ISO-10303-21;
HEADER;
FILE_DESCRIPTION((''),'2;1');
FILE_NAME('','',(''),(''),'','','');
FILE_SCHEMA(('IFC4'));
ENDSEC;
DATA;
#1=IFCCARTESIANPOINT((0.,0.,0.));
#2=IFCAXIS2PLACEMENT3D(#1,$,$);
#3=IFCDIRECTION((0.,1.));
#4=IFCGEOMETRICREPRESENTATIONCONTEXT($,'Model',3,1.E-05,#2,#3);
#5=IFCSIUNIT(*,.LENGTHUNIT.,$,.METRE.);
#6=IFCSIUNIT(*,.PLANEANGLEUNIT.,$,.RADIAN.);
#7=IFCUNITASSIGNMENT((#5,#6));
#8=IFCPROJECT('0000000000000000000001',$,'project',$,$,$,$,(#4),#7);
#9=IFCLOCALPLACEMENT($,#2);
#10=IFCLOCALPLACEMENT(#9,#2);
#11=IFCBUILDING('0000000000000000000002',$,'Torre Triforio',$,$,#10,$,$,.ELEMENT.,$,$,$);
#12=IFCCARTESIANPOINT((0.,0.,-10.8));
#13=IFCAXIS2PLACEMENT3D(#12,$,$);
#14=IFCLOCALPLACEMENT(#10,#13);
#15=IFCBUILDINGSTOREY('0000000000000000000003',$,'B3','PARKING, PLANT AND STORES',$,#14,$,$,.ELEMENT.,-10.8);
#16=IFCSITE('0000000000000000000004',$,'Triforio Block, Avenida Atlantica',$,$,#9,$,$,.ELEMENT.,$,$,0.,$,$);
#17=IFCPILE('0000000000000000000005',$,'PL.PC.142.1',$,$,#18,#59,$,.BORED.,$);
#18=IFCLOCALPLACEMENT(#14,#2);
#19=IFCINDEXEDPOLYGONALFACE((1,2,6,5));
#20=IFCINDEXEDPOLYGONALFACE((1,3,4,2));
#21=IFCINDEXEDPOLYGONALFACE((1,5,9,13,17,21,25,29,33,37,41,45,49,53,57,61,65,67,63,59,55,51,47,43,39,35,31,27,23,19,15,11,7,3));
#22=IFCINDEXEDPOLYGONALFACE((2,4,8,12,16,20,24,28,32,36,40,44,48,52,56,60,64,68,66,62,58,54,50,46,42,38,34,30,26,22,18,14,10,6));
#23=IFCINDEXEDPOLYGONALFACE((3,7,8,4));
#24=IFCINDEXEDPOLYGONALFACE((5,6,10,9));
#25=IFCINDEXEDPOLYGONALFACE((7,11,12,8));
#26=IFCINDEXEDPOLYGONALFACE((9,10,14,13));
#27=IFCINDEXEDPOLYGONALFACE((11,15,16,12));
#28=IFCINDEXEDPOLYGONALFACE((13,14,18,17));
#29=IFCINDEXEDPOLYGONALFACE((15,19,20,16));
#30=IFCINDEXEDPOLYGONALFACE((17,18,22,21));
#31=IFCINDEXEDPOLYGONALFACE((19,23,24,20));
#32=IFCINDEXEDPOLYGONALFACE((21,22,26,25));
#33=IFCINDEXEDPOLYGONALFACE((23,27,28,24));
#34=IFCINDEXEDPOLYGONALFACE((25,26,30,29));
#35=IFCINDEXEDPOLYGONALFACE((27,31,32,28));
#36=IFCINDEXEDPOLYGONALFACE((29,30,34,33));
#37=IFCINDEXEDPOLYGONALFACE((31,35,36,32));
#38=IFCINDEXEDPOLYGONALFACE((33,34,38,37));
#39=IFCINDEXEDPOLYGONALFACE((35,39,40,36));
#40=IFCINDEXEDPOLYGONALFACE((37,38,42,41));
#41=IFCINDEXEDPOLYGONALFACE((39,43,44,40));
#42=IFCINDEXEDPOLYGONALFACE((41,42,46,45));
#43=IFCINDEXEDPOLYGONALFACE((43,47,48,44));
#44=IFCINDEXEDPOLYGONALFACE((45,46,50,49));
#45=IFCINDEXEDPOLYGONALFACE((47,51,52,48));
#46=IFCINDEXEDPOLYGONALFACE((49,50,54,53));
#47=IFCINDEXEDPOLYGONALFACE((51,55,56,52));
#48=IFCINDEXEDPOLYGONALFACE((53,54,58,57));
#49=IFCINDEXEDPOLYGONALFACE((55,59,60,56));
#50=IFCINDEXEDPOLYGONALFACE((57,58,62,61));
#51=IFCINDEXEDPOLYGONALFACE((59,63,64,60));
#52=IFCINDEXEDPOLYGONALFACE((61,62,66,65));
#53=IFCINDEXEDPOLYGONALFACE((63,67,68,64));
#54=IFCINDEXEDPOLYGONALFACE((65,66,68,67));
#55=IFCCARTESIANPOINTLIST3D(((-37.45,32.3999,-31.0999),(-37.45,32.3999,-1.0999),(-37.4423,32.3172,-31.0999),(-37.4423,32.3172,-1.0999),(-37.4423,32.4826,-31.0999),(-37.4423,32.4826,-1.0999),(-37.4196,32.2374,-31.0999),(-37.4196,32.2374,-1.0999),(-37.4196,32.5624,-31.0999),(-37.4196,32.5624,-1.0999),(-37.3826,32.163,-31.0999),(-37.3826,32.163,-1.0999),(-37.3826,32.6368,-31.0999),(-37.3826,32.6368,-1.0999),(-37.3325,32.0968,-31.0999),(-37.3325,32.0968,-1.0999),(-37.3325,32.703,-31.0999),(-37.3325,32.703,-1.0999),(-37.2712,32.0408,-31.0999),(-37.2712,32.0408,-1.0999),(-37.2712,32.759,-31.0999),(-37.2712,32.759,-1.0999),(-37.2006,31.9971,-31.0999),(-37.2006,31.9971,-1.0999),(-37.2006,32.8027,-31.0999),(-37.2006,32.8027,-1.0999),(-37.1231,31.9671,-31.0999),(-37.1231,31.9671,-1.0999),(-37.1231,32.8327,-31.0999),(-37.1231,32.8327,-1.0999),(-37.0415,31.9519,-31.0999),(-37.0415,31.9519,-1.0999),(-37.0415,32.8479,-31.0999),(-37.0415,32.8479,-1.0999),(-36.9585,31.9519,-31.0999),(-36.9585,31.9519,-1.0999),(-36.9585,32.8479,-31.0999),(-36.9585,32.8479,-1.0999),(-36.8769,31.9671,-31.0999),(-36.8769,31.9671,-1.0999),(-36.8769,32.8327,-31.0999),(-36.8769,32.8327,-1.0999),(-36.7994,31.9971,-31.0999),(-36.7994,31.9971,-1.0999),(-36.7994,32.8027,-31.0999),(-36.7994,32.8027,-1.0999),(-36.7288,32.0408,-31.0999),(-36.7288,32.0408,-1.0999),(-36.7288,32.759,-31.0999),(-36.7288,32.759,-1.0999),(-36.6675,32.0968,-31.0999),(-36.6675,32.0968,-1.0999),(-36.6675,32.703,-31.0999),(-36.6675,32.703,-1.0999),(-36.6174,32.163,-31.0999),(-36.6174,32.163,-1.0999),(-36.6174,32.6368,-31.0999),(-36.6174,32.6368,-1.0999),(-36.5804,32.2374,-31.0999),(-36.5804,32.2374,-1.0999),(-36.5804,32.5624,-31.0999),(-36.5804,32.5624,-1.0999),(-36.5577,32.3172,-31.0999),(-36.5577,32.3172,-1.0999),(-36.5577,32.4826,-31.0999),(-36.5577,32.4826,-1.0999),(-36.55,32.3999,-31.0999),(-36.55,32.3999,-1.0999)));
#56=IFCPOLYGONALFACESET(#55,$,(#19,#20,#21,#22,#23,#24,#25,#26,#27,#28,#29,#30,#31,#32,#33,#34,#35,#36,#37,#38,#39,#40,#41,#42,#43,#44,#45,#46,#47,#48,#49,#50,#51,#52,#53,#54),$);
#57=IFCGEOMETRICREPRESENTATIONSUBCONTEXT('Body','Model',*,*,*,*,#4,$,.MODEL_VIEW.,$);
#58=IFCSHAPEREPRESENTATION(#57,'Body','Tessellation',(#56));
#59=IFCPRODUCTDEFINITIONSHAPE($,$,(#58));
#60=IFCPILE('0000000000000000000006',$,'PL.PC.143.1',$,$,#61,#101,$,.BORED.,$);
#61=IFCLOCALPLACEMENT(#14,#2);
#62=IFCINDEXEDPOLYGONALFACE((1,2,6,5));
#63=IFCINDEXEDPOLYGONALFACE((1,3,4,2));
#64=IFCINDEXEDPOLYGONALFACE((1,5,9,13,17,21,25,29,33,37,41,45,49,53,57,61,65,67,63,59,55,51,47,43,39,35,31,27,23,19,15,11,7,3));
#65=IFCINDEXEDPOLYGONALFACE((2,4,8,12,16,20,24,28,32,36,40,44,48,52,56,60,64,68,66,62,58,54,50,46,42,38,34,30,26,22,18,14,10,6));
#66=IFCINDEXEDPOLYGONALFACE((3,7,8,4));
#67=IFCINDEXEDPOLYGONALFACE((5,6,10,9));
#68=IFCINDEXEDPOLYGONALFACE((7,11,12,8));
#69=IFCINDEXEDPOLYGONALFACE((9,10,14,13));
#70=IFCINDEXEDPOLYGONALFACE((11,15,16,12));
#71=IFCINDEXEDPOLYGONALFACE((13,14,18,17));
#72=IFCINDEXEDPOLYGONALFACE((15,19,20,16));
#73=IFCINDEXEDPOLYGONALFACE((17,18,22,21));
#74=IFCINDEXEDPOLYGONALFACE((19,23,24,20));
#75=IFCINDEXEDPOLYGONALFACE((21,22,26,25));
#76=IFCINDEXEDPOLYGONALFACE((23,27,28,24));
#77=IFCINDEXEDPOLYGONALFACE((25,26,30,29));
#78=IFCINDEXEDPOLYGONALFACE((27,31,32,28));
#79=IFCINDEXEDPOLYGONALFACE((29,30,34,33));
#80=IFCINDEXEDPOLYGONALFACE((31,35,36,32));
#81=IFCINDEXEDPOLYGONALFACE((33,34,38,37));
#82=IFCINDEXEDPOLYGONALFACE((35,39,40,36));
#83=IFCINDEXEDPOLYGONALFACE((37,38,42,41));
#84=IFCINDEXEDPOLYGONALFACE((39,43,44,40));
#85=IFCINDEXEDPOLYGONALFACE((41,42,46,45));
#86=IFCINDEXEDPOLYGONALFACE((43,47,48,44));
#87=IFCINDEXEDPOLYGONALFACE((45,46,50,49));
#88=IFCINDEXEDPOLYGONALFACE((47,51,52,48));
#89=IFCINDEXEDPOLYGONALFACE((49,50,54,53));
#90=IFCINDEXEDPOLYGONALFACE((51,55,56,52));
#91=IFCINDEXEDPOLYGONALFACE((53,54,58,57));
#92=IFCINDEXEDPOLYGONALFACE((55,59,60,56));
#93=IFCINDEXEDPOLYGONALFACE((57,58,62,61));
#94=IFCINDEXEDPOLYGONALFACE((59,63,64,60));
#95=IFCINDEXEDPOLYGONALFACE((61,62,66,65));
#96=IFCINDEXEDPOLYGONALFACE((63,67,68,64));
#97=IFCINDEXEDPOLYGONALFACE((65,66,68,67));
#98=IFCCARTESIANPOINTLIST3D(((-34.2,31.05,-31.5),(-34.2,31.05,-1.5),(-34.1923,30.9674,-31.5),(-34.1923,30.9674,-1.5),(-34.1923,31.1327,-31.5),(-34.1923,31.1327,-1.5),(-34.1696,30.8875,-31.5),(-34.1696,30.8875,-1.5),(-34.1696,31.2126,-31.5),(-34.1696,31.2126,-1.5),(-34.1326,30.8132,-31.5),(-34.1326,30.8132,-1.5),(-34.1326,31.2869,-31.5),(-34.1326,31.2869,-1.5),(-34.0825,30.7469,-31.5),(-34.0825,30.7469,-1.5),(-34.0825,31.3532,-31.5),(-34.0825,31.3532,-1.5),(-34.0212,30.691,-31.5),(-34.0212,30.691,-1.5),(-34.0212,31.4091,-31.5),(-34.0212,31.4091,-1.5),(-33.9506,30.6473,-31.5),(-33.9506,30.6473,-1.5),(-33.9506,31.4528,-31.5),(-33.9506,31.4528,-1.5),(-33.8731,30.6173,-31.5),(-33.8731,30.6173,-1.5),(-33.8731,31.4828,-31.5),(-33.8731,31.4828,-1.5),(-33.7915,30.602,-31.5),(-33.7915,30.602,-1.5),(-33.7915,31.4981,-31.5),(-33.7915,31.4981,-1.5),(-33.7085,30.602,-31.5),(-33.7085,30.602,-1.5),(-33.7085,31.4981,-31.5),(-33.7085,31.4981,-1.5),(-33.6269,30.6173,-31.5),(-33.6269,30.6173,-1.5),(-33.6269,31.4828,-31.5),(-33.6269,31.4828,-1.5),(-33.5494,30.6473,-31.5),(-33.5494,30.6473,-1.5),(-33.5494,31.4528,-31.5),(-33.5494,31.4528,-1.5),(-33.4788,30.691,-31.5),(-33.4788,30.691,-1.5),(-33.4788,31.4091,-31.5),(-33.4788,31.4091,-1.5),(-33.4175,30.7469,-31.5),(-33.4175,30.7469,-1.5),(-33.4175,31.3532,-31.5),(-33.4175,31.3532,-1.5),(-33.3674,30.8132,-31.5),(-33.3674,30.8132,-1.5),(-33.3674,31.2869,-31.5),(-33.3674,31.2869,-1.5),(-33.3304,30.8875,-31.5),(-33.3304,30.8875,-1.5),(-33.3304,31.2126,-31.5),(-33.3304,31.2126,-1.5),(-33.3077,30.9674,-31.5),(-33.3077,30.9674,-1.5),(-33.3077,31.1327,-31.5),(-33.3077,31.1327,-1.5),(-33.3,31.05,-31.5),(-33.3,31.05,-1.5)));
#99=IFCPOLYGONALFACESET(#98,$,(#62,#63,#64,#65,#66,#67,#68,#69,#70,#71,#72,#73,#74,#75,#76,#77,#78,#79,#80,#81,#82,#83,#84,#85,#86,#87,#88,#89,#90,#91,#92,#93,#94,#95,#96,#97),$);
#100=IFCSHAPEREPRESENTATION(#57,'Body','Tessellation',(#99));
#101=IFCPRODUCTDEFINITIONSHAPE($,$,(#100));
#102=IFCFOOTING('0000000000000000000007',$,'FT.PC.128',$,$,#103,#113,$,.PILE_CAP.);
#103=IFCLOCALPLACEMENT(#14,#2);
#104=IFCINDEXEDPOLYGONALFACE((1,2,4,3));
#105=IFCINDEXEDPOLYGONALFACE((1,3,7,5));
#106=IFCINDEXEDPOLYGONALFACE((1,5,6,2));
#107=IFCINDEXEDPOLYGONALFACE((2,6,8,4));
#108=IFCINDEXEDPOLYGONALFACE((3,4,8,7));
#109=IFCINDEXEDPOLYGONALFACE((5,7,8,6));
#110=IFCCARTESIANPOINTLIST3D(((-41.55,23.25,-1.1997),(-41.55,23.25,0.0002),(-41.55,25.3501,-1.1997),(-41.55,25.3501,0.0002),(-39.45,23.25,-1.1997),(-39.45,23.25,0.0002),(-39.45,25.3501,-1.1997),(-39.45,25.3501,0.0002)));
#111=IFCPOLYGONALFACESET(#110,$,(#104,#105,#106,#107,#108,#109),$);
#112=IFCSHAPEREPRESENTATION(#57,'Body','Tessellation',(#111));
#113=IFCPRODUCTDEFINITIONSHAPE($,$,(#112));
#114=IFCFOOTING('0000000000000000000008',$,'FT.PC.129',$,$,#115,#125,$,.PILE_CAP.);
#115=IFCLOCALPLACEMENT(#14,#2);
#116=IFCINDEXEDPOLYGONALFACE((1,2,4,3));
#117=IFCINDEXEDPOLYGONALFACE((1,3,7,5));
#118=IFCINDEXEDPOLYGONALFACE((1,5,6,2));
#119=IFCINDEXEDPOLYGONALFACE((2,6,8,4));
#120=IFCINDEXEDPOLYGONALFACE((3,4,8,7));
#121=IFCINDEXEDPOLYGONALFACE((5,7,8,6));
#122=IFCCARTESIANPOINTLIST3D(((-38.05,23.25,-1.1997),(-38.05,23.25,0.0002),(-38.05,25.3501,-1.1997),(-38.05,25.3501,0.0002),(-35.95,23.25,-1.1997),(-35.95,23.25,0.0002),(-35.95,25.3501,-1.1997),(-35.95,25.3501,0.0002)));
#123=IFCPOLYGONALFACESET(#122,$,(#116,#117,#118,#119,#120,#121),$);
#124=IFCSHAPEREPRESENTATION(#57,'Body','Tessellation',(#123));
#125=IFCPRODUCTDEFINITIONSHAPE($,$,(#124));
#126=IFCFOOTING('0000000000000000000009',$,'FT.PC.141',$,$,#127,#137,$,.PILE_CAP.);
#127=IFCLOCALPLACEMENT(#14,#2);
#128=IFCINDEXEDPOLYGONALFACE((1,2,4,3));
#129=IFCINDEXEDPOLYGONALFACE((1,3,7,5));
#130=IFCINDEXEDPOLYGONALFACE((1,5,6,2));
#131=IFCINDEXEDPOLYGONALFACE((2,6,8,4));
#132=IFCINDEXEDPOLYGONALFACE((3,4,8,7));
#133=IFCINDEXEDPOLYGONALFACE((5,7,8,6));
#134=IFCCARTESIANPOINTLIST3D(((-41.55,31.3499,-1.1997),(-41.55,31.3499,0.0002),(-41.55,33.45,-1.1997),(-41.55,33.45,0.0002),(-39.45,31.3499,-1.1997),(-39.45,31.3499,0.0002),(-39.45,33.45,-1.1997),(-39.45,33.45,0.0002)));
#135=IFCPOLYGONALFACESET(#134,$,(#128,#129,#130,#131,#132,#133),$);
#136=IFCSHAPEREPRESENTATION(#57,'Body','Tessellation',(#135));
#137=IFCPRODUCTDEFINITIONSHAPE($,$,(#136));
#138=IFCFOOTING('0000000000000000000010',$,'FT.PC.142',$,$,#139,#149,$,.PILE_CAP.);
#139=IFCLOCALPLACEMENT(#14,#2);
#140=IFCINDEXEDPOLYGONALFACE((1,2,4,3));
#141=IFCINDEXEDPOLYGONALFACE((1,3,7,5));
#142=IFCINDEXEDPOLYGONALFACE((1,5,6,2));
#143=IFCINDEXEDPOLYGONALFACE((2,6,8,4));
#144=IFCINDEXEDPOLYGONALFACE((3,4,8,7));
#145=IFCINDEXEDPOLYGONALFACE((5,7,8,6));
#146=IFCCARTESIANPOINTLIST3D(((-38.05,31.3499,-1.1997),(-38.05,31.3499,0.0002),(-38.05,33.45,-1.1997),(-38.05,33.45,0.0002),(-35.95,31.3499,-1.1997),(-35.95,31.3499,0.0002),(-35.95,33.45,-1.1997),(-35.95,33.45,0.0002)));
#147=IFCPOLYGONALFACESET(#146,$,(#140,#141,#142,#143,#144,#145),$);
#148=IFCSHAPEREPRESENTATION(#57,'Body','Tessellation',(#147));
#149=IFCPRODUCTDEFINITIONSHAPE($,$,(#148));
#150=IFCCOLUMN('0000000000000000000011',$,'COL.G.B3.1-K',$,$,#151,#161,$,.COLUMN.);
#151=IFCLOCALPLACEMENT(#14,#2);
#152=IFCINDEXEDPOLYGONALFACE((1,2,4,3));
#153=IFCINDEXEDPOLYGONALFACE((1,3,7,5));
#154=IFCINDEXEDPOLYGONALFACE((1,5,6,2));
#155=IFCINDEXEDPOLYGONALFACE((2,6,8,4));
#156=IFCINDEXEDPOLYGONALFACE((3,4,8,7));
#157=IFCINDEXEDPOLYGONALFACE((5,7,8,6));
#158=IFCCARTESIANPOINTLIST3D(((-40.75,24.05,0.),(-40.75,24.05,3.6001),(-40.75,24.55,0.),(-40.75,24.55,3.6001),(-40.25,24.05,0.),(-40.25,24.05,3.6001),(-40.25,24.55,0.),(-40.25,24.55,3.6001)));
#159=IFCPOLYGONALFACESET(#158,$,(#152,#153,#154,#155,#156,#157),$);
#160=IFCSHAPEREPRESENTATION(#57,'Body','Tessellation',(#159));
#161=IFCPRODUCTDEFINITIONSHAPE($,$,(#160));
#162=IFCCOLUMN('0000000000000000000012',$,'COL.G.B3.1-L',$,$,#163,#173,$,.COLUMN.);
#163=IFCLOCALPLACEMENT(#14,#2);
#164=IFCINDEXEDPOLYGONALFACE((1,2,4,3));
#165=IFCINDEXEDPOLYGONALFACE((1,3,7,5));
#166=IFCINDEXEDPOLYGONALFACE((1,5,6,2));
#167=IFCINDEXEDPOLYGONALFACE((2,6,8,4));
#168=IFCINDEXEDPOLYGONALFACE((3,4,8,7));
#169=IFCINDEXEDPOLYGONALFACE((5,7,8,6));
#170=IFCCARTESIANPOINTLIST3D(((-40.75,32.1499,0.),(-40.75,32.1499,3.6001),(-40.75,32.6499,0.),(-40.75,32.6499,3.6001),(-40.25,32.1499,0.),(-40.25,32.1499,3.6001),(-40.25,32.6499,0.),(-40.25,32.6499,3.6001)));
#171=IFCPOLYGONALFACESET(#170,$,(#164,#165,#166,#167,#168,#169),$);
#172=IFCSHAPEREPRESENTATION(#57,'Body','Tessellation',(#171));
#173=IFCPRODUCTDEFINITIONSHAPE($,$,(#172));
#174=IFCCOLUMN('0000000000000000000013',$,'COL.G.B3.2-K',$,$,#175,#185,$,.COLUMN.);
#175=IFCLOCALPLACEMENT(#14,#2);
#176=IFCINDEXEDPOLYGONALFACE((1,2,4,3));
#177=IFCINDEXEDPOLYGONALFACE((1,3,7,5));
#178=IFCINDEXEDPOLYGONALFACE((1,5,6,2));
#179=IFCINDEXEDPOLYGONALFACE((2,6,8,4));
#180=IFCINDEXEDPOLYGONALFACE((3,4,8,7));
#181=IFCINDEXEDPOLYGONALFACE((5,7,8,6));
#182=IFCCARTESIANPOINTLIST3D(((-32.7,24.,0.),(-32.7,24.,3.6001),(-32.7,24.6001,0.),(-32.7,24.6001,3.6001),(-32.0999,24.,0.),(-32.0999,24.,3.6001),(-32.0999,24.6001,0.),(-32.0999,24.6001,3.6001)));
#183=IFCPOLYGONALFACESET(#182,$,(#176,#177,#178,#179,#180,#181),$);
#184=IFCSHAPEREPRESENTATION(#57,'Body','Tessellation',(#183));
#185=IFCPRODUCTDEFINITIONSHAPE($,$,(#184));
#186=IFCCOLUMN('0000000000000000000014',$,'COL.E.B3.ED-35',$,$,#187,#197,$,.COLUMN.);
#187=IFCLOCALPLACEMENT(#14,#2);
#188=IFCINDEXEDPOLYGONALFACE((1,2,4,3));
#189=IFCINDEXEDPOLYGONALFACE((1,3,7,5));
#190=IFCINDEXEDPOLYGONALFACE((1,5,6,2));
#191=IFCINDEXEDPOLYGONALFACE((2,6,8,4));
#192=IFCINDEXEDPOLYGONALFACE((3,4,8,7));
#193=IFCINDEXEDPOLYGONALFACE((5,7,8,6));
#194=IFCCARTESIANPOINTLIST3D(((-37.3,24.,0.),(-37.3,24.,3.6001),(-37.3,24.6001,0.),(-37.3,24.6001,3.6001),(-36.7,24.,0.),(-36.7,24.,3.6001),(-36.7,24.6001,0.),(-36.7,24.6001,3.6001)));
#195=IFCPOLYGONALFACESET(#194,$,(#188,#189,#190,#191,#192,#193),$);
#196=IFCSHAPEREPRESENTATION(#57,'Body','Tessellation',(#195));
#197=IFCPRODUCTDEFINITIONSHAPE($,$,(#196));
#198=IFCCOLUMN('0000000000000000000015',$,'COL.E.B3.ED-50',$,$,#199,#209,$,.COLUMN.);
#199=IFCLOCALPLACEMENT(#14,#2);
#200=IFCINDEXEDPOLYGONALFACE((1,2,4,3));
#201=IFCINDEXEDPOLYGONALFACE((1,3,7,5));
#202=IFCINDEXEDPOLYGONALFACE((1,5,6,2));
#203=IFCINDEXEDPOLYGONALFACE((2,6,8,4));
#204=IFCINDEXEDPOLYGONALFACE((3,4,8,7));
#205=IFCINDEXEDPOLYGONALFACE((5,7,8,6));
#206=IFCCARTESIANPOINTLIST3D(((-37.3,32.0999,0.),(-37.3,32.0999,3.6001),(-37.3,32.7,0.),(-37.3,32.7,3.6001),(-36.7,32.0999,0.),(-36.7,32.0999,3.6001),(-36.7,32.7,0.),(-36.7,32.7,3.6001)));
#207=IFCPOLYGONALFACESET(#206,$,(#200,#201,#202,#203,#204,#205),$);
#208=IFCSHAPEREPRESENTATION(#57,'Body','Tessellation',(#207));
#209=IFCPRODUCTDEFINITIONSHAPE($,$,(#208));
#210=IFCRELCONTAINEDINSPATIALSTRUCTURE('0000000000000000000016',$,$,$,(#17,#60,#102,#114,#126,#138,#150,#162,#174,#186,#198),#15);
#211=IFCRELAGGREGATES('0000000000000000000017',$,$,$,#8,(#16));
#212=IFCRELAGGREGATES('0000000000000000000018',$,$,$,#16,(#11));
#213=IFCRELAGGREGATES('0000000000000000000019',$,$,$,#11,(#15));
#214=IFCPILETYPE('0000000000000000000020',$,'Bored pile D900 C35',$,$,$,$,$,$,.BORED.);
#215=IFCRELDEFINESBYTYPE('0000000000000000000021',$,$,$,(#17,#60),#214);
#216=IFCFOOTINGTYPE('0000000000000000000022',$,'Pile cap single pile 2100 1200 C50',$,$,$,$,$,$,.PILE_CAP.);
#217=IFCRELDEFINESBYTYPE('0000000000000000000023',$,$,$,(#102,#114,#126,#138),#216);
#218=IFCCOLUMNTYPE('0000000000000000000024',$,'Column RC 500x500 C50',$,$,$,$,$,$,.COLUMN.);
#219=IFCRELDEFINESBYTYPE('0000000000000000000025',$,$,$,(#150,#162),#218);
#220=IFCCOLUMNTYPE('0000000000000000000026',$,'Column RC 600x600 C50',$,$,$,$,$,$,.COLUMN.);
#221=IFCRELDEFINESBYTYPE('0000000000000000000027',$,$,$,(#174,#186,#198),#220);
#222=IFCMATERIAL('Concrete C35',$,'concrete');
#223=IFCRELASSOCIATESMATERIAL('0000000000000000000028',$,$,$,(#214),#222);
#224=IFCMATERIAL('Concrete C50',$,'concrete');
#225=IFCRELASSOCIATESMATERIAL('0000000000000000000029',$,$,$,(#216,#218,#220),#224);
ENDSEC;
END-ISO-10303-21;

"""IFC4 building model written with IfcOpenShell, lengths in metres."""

from ifc_helpers import new_model, si_unit, direction, frame, origin, origin_2d, place, context, subcontext, project, spatial, rectangle, circle, extrude, material, material_profile, profile_set, type_object, element, save


model = new_model("IFC4")

# Units and contexts
model_context = context("Model", 3, precision=1e-05, world=origin(), true_north=direction((0.0, 1.0)))
body_context = subcontext(model_context, "Body", "Model", "MODEL_VIEW")
ifc_project = project(units=[si_unit("LENGTHUNIT", "METRE"), si_unit("PLANEANGLEUNIT", "RADIAN")], contexts=[model_context])

# Site, building, storey
site_placement = place(None, origin())
site = spatial("IfcSite", under=ifc_project, at=site_placement, Name="Triforio Block, Avenida Atlantica", CompositionType="ELEMENT", RefElevation=0.0)
building_placement = place(site_placement, origin())
building = spatial("IfcBuilding", under=site, at=building_placement, Name="Torre Triforio", CompositionType="ELEMENT")
storey_placement = place(building_placement, frame((0.0, 0.0, -10.8)))
storey = spatial("IfcBuildingStorey", under=building, at=storey_placement, Name="B3", Description="PARKING, PLANT AND STORES", CompositionType="ELEMENT", Elevation=-10.8)

# Piles
ifc_material_1 = material(Name="Concrete C35", Category="concrete")
ifc_material_profile_1 = material_profile(ifc_material_1, circle(Radius=0.45, at=origin_2d()), Name="RC D900")
ifc_profile_set_1 = profile_set([ifc_material_profile_1], Name="Concrete C35")
pile_type = type_object("IfcPileType", Name="Bored pile D900 C35", PredefinedType="BORED", material=ifc_profile_set_1)
for number, where, z_axis, x_axis, name in (
    (1, (-37.0, 32.3999, -1.0999), (0.0, 0.0, -1.0), (1.0, 0.0, 0.0), "PL.PC.142.1"),
    (2, (-33.75, 31.05, -1.5), (0.0, 0.0, -1.0), (1.0, 0.0, 0.0), "PL.PC.143.1"),
):
    element("IfcPile", number, at=place(storey_placement, frame(where, z_axis=z_axis, x_axis=x_axis)), inside=storey, type_object=pile_type, Name=name, PredefinedType="BORED", context=body_context, shape_type="SweptSolid", body=[
        extrude(circle(Radius=0.45, at=origin_2d()), origin(), (0.0, 0.0, 1.0), 30.0),
    ])

# Footings
ifc_material_2 = material(Name="Concrete C50", Category="concrete")
footing_type = type_object("IfcFootingType", Name="Pile cap single pile 2100 1200 C50", PredefinedType="PILE_CAP", material=ifc_material_2)
for number, where, z_axis, x_axis, name in (
    (3, (-40.5, 24.3, -1.1997), (0.0, 0.0, 1.0), (1.0, 0.0, 0.0), "FT.PC.128"),
    (4, (-37.0, 24.3, -1.1997), (0.0, 0.0, 1.0), (1.0, 0.0, 0.0), "FT.PC.129"),
    (5, (-40.5, 32.3999, -1.1997), (0.0, 0.0, 1.0), (1.0, 0.0, 0.0), "FT.PC.141"),
    (6, (-37.0, 32.3999, -1.1997), (0.0, 0.0, 1.0), (1.0, 0.0, 0.0), "FT.PC.142"),
):
    element("IfcFooting", number, at=place(storey_placement, frame(where, z_axis=z_axis, x_axis=x_axis)), inside=storey, type_object=footing_type, Name=name, PredefinedType="PILE_CAP", context=body_context, shape_type="SweptSolid", body=[
        extrude(rectangle(XDim=2.1001, YDim=2.1001, at=origin_2d()), origin(), (0.0, 0.0, 1.0), 1.2),
    ])

# Columns
ifc_material_profile_2 = material_profile(ifc_material_2, rectangle(XDim=0.5, YDim=0.5, at=origin_2d()), Name="RC 500x500")
ifc_profile_set_2 = profile_set([ifc_material_profile_2], Name="Concrete C50")
column_type_1 = type_object("IfcColumnType", Name="Column RC 500x500 C50", PredefinedType="COLUMN", material=ifc_profile_set_2)
for number, where, z_axis, x_axis, name in (
    (7, (-40.5, 24.3, 0.0), (0.0, 0.0, 1.0), (1.0, 0.0, 0.0), "COL.G.B3.1-K"),
    (8, (-40.5, 32.3999, 0.0), (0.0, 0.0, 1.0), (1.0, 0.0, 0.0), "COL.G.B3.1-L"),
):
    element("IfcColumn", number, at=place(storey_placement, frame(where, z_axis=z_axis, x_axis=x_axis)), inside=storey, type_object=column_type_1, Name=name, PredefinedType="COLUMN", context=body_context, shape_type="SweptSolid", body=[
        extrude(rectangle(XDim=0.5, YDim=0.5, at=origin_2d()), origin(), (0.0, 0.0, 1.0), 3.6001),
    ])
ifc_material_profile_3 = material_profile(ifc_material_2, rectangle(XDim=0.6001, YDim=0.6001, at=origin_2d()), Name="RC 600x600")
ifc_profile_set_3 = profile_set([ifc_material_profile_3], Name="Concrete C50")
column_type_2 = type_object("IfcColumnType", Name="Column RC 600x600 C50", PredefinedType="COLUMN", material=ifc_profile_set_3)
for number, where, z_axis, x_axis, name in (
    (9, (-32.3999, 24.3, 0.0), (0.0, 0.0, 1.0), (1.0, 0.0, 0.0), "COL.G.B3.2-K"),
    (10, (-37.0, 24.3, 0.0), (0.0, 0.0, 1.0), (1.0, 0.0, 0.0), "COL.E.B3.ED-35"),
    (11, (-37.0, 32.3999, 0.0), (0.0, 0.0, 1.0), (1.0, 0.0, 0.0), "COL.E.B3.ED-50"),
):
    element("IfcColumn", number, at=place(storey_placement, frame(where, z_axis=z_axis, x_axis=x_axis)), inside=storey, type_object=column_type_2, Name=name, PredefinedType="COLUMN", context=body_context, shape_type="SweptSolid", body=[
        extrude(rectangle(XDim=0.6001, YDim=0.6001, at=origin_2d()), origin(), (0.0, 0.0, 1.0), 3.6001),
    ])

save(model, "model.ifc")
